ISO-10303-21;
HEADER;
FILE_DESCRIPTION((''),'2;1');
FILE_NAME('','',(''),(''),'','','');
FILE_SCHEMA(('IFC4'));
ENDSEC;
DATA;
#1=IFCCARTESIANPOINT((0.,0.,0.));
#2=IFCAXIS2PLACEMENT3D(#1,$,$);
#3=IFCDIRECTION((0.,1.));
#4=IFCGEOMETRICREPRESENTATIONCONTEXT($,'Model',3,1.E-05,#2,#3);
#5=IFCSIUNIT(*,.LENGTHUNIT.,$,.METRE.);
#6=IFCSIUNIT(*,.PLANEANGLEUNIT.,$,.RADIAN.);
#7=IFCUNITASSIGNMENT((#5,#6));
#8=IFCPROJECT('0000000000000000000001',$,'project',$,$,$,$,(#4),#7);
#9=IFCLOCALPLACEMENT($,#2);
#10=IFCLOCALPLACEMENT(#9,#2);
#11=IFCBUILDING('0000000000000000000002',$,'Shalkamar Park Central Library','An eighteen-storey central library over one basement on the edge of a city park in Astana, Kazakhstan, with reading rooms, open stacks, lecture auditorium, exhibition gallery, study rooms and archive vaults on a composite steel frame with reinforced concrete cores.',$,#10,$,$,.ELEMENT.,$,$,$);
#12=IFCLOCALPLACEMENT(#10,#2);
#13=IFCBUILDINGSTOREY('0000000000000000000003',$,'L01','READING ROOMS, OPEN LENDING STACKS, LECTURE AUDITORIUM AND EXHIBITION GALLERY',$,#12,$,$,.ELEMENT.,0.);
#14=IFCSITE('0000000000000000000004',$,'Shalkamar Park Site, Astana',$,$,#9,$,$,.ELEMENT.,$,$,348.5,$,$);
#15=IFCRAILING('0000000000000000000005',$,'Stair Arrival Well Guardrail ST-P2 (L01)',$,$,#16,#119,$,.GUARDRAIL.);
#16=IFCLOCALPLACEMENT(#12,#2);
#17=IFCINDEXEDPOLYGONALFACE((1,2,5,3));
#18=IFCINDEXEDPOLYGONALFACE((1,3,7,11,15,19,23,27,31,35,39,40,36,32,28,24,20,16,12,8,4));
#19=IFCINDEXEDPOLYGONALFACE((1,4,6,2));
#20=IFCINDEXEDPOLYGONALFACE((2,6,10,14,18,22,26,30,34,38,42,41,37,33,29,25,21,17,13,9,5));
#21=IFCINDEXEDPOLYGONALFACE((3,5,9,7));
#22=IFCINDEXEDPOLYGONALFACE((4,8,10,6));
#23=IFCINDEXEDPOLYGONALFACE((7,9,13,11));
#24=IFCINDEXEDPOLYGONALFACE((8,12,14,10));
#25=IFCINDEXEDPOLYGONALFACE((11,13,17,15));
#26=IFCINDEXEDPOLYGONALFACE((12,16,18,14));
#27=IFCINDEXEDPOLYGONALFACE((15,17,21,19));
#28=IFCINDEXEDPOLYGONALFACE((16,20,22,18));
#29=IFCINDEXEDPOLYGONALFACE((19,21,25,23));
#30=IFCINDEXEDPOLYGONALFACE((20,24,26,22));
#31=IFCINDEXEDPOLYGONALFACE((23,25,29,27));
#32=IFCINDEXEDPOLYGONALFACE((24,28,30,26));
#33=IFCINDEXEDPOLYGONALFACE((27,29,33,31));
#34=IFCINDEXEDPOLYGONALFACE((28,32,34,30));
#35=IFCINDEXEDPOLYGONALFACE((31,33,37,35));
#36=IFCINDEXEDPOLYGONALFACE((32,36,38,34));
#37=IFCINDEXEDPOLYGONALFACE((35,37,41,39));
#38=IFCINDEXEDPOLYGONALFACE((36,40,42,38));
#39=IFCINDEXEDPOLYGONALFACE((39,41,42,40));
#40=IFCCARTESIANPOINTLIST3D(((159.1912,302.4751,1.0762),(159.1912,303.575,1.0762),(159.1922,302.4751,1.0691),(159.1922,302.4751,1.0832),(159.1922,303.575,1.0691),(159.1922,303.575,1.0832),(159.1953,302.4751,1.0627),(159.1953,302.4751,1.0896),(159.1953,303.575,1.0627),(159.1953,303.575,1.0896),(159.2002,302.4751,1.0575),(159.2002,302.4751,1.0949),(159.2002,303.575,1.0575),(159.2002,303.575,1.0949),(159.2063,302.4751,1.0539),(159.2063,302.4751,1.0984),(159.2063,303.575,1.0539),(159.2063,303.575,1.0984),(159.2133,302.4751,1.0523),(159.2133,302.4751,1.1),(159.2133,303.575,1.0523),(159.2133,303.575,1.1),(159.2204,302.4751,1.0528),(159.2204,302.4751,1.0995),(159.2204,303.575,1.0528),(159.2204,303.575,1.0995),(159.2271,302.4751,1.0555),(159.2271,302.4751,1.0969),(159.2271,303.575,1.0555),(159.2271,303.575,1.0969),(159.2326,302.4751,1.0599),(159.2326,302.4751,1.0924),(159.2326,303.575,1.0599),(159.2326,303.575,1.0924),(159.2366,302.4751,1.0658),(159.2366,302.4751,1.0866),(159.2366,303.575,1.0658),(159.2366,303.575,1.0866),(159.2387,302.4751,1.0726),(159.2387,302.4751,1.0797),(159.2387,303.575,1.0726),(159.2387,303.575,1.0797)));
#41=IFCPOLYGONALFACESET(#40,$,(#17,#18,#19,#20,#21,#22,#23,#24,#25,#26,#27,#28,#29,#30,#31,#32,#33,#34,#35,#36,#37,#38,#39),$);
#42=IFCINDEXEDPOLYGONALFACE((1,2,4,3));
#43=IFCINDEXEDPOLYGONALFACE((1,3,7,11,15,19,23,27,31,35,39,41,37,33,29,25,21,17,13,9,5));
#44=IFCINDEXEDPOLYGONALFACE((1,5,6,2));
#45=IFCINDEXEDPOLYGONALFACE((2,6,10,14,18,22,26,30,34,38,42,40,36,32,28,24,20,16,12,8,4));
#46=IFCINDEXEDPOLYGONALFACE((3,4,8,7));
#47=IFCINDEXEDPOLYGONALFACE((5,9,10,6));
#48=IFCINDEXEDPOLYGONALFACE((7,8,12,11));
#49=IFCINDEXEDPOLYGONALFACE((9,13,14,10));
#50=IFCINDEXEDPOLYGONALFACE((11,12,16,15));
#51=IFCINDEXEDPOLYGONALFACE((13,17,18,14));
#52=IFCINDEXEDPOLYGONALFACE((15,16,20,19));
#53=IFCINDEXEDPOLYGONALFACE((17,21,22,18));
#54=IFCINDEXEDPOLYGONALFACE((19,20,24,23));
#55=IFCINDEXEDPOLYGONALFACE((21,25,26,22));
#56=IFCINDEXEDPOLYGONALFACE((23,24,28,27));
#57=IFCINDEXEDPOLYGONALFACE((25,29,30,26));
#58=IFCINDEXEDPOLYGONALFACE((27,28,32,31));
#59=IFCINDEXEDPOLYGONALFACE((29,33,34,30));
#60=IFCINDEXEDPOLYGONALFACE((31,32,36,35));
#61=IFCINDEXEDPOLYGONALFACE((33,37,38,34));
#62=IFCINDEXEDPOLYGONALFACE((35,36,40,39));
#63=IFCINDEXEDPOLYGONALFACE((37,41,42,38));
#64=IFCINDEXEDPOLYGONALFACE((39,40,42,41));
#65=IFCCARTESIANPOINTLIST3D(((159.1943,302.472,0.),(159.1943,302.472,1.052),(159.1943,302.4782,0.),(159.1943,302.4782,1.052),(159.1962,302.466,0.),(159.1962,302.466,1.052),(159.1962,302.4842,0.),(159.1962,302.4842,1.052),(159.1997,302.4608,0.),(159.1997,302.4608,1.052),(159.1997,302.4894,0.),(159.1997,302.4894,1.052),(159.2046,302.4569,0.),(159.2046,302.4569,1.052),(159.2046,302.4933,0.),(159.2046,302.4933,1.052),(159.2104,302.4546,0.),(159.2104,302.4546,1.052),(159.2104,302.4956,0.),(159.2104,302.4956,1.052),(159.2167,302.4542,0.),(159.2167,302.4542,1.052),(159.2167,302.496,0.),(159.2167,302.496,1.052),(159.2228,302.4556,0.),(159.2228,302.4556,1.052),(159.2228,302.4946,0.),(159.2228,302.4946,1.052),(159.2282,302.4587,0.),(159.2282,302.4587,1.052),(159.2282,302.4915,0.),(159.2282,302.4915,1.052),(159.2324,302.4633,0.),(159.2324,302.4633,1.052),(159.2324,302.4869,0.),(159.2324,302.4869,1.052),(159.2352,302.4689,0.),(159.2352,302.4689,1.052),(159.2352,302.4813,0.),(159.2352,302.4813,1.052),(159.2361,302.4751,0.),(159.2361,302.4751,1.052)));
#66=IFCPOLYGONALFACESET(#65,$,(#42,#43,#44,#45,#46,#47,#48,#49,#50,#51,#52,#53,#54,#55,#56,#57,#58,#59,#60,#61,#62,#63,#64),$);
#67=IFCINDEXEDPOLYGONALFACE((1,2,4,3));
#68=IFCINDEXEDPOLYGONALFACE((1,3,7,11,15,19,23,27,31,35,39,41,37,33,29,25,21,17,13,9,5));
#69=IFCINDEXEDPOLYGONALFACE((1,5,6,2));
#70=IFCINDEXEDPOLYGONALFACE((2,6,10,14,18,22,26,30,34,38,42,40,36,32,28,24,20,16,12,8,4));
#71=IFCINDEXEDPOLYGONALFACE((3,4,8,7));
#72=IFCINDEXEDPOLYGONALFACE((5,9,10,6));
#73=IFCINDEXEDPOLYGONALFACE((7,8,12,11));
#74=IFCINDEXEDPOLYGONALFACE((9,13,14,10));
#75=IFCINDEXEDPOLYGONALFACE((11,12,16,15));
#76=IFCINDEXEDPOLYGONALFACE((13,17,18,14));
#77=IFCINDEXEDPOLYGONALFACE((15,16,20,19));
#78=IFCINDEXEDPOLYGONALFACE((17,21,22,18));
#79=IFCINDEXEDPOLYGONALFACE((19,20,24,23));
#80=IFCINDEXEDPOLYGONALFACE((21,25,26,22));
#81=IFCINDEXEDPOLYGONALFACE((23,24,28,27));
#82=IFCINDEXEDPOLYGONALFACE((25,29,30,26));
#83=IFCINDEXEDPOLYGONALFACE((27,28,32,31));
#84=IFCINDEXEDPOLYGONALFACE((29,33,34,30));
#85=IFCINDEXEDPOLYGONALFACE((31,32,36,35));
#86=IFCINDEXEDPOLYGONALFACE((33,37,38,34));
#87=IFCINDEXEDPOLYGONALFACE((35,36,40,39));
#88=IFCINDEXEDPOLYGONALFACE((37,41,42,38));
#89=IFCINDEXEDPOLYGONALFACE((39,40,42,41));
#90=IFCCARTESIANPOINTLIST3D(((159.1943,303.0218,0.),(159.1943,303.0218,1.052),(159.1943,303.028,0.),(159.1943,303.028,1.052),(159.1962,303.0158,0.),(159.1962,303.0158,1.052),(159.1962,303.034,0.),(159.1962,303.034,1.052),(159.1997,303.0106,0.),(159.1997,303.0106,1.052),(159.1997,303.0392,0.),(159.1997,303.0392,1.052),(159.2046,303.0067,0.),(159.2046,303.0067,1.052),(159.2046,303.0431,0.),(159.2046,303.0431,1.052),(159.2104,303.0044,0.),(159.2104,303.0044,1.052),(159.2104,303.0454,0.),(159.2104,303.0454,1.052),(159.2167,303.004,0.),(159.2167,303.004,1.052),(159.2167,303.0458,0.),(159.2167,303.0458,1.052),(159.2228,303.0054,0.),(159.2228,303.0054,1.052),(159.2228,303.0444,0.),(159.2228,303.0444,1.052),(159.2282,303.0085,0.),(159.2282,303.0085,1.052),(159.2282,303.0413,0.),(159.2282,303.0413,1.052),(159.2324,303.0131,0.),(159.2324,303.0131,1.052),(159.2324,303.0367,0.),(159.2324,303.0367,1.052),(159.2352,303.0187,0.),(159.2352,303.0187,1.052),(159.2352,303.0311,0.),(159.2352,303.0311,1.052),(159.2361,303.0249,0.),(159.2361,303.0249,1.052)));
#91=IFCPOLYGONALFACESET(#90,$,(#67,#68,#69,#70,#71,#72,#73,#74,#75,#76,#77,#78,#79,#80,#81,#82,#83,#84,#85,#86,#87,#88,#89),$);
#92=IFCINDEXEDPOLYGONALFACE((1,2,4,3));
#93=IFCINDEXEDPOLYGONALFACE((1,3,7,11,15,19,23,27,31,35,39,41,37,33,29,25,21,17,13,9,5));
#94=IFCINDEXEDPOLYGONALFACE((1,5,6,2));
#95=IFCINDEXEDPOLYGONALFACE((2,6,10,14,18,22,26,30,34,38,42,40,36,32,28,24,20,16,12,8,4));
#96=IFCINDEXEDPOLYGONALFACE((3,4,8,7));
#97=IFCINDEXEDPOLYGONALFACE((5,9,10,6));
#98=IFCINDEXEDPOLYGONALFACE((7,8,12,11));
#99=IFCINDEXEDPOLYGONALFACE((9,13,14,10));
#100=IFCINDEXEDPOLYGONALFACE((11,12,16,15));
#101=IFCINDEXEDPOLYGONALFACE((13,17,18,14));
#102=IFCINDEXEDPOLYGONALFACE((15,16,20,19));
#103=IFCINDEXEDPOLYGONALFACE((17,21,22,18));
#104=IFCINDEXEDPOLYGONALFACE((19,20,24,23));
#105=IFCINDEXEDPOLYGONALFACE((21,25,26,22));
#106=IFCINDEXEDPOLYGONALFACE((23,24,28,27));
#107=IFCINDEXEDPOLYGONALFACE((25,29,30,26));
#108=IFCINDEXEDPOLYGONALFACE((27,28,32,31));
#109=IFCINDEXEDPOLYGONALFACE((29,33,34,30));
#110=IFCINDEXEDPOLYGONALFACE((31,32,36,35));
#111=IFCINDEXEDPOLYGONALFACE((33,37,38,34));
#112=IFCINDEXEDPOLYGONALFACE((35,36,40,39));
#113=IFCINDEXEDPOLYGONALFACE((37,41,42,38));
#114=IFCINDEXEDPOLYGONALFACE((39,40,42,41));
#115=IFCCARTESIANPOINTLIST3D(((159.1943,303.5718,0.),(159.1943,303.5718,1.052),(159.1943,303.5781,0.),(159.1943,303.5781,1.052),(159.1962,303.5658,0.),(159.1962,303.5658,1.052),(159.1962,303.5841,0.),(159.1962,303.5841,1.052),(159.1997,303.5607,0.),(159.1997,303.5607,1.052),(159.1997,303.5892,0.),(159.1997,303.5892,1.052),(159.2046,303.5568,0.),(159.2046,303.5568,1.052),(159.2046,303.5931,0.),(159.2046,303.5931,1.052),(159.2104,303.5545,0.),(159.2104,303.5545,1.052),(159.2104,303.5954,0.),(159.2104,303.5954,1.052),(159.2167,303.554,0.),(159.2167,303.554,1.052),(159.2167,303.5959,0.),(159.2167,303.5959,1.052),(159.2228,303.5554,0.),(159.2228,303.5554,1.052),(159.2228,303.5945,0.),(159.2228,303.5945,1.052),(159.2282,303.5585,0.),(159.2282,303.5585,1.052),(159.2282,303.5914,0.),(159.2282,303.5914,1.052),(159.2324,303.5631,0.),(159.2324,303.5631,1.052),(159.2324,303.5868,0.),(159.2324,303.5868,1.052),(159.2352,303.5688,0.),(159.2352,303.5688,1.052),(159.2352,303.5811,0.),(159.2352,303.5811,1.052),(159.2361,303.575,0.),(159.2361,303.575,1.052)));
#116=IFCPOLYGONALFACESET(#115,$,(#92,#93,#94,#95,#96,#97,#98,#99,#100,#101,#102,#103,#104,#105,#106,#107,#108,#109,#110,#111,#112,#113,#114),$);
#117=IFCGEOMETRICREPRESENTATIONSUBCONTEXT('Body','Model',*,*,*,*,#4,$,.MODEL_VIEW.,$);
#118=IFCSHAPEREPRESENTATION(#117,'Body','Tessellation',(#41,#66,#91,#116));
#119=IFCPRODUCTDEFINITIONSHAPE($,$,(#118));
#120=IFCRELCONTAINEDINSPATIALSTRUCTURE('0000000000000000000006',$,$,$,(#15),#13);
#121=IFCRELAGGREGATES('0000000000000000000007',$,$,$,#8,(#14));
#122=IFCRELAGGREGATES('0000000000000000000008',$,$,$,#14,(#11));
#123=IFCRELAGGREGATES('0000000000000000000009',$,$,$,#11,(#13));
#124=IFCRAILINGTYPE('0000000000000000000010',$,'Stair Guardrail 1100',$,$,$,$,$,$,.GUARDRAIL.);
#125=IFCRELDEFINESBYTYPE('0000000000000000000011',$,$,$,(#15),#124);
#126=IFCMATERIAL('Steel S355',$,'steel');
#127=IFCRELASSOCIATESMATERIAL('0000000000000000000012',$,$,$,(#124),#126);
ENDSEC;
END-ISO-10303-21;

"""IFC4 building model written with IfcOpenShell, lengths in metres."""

from ifc_helpers import new_model, si_unit, direction, frame, origin, origin_2d, place, context, subcontext, project, spatial, circle, extrude, material, type_object, element, save


model = new_model("IFC4")

# Units and contexts
model_context = context("Model", 3, precision=1e-05, world=origin(), true_north=direction((0.0, 1.0)))
body_context = subcontext(model_context, "Body", "Model", "MODEL_VIEW")
ifc_project = project(units=[si_unit("LENGTHUNIT", "METRE"), si_unit("PLANEANGLEUNIT", "RADIAN")], contexts=[model_context])

# Site, building, storey
site_placement = place(None, origin())
site = spatial("IfcSite", under=ifc_project, at=site_placement, Name="Shalkamar Park Site, Astana", CompositionType="ELEMENT", RefElevation=348.5)
building_placement = place(site_placement, origin())
building = spatial("IfcBuilding", under=site, at=building_placement, Name="Shalkamar Park Central Library", Description="An eighteen-storey central library over one basement on the edge of a city park in Astana, Kazakhstan, with reading rooms, open stacks, lecture auditorium, exhibition gallery, study rooms and archive vaults on a composite steel frame with reinforced concrete cores.", CompositionType="ELEMENT")
storey_placement = place(building_placement, origin())
storey = spatial("IfcBuildingStorey", under=building, at=storey_placement, Name="L01", Description="READING ROOMS, OPEN LENDING STACKS, LECTURE AUDITORIUM AND EXHIBITION GALLERY", CompositionType="ELEMENT", Elevation=0.0)

# Shared definitions
ifc_material_1 = material(Name="Steel S355", Category="steel")

# Railing
railing_type_1 = type_object("IfcRailingType", Name="Stair Guardrail 1100", PredefinedType="GUARDRAIL", material=ifc_material_1)
railing_1_placement = place(storey_placement, frame((159.2151, 302.4751, 0.0)))
element("IfcRailing", 1, at=railing_1_placement, inside=storey, type_object=railing_type_1, Name="Stair Arrival Well Guardrail ST-P2 (L01)", PredefinedType="GUARDRAIL", context=body_context, shape_type="SweptSolid", body=[
    extrude(circle(Radius=0.0239, at=origin_2d()), frame((0.0, 0.0, 1.0762), z_axis=(0.0, 1.0, 0.0), x_axis=(-1.0, 0.0, 0.0)), (0.0, 0.0, 1.0), 1.0999),
    extrude(circle(Radius=0.021, at=origin_2d()), origin(), (0.0, 0.0, 1.0), 1.052),
    extrude(circle(Radius=0.021, at=origin_2d()), frame((0.0, 0.5498, 0.0)), (0.0, 0.0, 1.0), 1.052),
    extrude(circle(Radius=0.021, at=origin_2d()), frame((0.0, 1.0999, 0.0)), (0.0, 0.0, 1.0), 1.052),
])

save(model, "model.ifc")
